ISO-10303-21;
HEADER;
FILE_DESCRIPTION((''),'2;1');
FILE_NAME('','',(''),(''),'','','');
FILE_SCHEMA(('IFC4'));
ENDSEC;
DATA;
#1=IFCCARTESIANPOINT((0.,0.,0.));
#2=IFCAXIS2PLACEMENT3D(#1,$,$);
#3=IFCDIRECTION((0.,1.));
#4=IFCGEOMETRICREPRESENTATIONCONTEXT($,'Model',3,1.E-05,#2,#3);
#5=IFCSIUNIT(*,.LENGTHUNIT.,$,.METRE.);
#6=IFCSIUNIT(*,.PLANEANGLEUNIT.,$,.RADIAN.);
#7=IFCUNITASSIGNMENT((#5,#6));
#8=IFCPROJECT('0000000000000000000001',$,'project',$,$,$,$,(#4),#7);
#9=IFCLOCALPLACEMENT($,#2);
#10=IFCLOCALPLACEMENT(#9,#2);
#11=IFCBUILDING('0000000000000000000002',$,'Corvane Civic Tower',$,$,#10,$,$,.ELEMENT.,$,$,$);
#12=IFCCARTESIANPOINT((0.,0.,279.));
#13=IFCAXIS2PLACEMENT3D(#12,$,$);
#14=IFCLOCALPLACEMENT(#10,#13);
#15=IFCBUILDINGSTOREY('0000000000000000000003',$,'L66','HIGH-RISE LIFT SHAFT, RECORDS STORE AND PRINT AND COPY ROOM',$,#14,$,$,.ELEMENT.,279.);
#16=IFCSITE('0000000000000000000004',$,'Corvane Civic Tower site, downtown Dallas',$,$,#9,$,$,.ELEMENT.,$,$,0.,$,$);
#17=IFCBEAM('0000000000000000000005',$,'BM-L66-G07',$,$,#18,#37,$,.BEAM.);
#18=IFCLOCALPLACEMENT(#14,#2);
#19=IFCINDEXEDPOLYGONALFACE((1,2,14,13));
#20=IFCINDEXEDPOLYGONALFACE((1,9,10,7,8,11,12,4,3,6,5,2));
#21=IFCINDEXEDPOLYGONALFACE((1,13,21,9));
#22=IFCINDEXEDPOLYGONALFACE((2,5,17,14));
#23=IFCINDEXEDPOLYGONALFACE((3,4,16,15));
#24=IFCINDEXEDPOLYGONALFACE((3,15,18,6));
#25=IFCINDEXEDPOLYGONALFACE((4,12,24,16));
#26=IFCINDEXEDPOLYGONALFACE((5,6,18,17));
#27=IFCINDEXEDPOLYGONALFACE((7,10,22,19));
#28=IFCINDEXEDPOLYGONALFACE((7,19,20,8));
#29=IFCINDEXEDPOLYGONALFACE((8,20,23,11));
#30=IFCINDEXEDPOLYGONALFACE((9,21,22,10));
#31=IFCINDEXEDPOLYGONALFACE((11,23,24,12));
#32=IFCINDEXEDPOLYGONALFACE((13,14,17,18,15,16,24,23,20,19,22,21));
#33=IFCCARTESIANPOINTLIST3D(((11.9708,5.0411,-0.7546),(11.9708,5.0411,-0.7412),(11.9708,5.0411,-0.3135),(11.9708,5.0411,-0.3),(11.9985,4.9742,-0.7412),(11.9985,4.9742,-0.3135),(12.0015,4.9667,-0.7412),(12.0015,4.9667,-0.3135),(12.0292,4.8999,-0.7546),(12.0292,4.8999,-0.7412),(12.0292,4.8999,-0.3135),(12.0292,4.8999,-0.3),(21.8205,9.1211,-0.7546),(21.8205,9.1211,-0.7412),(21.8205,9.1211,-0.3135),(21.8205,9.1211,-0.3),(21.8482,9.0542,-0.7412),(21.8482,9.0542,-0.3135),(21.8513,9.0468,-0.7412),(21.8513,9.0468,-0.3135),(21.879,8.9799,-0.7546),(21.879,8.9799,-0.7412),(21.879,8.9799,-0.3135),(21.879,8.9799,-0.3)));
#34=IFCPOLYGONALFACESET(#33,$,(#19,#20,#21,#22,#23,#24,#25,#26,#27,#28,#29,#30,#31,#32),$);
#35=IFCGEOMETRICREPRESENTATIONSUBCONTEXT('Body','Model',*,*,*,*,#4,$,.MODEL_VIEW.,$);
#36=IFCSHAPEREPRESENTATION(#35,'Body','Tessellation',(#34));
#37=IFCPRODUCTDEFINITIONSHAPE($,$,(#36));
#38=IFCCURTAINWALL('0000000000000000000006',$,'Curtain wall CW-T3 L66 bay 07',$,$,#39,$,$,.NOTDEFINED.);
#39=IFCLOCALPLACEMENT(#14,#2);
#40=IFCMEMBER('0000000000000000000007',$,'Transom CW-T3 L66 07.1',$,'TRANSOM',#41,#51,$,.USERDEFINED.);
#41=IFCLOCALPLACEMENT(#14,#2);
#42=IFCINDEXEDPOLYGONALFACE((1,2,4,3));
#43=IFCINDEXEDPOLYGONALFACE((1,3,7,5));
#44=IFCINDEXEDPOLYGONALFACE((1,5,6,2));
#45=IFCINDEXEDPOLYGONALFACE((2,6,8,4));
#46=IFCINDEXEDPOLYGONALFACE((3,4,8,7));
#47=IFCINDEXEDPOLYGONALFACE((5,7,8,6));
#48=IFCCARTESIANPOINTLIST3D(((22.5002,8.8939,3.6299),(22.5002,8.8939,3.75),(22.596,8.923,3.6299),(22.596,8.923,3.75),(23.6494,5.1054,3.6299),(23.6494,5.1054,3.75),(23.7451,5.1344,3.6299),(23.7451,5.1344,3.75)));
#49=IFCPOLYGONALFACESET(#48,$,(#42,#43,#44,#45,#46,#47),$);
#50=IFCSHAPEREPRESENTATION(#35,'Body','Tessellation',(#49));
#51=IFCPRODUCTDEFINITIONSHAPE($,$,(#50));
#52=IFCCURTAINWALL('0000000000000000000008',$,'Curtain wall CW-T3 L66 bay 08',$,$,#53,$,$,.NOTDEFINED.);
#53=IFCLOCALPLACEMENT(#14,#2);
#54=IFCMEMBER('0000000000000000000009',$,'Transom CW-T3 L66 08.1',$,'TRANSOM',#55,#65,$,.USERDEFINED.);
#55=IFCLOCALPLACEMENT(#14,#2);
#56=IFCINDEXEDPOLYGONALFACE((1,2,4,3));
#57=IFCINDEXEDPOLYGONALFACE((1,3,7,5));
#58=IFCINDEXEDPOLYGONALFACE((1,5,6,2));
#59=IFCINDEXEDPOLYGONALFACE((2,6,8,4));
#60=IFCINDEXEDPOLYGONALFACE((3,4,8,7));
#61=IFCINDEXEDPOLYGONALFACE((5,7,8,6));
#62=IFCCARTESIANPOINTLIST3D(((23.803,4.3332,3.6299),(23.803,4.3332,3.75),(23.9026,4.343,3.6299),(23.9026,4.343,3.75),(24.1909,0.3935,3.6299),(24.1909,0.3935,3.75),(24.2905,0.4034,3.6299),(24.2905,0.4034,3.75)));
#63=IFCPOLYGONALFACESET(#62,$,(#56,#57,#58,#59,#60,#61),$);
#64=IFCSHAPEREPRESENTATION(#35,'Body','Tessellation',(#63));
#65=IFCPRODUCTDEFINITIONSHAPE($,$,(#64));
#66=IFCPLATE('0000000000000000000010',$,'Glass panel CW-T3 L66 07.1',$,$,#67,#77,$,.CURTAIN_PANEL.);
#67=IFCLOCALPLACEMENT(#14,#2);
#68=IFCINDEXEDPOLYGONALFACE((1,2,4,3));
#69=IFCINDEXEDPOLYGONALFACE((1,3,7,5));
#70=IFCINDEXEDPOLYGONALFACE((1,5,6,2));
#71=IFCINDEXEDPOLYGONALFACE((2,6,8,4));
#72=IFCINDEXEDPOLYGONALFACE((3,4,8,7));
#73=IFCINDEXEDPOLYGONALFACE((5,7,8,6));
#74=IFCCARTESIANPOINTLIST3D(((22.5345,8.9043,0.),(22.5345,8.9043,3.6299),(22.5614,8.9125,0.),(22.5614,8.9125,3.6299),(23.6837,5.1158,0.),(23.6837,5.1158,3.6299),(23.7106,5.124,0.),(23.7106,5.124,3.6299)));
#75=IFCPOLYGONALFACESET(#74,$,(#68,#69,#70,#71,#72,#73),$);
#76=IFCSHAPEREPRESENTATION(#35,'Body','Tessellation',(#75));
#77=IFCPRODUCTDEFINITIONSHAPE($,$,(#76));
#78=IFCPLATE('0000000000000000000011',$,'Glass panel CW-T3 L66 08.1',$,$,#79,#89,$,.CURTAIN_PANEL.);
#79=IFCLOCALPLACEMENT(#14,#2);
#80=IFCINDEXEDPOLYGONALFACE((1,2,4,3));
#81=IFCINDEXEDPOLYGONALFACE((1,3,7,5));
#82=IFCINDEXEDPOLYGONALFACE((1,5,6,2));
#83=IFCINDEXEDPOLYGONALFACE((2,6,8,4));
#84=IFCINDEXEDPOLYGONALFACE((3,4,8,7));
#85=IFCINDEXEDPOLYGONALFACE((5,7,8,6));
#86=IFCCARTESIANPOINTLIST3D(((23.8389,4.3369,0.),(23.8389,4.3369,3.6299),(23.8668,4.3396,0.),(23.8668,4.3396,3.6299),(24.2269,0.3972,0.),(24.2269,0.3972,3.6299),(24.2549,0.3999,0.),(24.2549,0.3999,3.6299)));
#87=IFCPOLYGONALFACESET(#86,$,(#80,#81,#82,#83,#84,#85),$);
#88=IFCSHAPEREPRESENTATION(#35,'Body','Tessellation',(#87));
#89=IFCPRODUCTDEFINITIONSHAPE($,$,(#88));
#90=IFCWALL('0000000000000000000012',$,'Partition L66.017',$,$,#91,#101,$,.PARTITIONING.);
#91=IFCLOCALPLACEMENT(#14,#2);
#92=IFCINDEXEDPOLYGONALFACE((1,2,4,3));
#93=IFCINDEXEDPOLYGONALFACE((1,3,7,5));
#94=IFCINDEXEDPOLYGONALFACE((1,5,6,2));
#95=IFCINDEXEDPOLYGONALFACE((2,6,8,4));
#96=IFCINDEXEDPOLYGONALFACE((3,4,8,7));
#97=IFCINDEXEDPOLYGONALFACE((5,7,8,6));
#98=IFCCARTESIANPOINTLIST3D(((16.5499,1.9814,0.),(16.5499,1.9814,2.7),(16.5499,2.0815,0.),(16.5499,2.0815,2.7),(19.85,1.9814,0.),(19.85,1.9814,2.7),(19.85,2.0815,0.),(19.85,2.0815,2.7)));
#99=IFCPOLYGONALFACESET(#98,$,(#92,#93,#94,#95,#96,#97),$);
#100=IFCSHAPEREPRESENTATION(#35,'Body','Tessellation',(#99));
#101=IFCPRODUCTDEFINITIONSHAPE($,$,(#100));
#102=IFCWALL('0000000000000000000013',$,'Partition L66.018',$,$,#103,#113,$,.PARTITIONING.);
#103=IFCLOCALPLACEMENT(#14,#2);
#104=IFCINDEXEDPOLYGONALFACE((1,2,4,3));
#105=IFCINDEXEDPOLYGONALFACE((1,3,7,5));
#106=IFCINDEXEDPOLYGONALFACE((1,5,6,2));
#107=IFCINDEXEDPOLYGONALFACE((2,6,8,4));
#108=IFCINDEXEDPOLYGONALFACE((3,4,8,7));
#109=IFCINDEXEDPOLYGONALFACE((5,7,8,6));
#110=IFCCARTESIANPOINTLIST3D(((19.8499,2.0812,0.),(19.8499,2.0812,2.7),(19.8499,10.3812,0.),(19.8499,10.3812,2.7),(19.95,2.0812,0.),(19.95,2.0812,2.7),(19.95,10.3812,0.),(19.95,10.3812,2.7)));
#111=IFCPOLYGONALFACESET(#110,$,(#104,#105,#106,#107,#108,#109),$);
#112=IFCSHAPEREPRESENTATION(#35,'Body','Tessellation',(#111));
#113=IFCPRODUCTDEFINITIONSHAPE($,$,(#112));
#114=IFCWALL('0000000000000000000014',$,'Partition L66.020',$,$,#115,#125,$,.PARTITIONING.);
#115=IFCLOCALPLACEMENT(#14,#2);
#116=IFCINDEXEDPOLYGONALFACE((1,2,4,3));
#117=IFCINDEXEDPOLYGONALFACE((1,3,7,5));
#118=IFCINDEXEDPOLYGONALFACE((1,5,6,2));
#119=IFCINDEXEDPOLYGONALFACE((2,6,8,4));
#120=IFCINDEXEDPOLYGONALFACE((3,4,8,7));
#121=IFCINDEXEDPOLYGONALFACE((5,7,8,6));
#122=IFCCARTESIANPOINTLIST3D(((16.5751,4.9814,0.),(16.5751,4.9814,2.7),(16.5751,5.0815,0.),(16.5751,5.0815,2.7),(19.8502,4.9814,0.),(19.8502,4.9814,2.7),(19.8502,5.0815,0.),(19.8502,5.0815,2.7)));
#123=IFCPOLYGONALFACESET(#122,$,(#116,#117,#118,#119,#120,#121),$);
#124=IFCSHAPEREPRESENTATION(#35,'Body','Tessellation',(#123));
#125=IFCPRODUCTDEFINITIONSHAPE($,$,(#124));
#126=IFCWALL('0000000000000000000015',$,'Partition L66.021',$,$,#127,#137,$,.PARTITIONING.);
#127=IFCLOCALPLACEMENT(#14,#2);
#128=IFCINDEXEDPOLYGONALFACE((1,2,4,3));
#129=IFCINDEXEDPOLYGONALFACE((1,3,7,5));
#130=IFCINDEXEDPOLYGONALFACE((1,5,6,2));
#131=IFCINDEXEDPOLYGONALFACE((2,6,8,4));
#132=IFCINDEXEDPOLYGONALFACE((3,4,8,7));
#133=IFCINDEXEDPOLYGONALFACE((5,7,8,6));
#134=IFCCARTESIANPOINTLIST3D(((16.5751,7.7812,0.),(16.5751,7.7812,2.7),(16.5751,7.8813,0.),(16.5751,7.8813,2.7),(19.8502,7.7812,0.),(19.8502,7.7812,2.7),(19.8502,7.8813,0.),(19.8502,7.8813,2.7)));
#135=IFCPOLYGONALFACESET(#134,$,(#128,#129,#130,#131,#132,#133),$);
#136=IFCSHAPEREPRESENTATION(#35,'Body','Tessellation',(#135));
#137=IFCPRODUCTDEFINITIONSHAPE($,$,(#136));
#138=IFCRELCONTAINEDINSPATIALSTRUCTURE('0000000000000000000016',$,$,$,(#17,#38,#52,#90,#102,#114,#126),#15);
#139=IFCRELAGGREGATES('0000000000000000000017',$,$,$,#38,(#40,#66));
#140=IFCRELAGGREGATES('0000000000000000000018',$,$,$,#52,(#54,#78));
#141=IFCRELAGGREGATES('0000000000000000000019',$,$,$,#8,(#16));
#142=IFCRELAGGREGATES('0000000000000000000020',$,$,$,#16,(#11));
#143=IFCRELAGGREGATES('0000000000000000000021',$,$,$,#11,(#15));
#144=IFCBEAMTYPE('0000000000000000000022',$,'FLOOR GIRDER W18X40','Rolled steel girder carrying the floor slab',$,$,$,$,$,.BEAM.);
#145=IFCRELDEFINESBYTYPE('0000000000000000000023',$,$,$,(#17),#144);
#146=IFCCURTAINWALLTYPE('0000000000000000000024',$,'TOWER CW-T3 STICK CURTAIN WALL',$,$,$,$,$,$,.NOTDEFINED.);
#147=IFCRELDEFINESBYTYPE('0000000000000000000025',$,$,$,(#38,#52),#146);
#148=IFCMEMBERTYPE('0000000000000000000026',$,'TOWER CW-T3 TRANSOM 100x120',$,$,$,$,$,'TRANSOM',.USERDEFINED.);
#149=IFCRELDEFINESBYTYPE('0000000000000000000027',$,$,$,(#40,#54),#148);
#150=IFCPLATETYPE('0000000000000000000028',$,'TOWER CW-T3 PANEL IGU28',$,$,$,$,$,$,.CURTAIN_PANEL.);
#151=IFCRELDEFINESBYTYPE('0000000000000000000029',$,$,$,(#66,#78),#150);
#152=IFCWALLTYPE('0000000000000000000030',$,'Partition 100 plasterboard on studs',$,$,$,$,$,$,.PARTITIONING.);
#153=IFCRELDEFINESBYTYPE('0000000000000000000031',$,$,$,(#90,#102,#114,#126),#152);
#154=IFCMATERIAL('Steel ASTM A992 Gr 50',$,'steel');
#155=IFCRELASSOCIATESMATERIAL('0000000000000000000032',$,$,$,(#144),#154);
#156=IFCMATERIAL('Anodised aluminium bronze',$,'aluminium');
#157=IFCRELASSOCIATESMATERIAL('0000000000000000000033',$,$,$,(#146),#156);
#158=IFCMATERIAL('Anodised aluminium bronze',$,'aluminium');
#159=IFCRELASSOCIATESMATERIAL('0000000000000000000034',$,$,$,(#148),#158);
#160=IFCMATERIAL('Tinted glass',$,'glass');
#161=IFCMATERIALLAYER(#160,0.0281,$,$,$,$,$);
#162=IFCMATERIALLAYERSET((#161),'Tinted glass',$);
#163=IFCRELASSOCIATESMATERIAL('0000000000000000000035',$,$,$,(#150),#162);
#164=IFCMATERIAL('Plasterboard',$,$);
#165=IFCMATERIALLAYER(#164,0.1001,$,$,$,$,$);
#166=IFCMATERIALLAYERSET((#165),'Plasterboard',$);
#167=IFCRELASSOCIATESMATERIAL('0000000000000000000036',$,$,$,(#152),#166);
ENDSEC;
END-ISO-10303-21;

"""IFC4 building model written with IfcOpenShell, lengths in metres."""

from ifc_helpers import new_model, si_unit, direction, frame, frame_2d, origin, origin_2d, place, context, subcontext, project, spatial, rectangle, i_section, extrude, material, layer, layer_set, material_profile, profile_set, type_object, element, aggregate, save


model = new_model("IFC4")

# Units and contexts
model_context = context("Model", 3, precision=1e-05, world=origin(), true_north=direction((0.0, 1.0)))
body_context = subcontext(model_context, "Body", "Model", "MODEL_VIEW")
ifc_project = project(units=[si_unit("LENGTHUNIT", "METRE"), si_unit("PLANEANGLEUNIT", "RADIAN")], contexts=[model_context])

# Site, building, storey
site_placement = place(None, origin())
site = spatial("IfcSite", under=ifc_project, at=site_placement, Name="Corvane Civic Tower site, downtown Dallas", CompositionType="ELEMENT", RefElevation=0.0)
building_placement = place(site_placement, origin())
building = spatial("IfcBuilding", under=site, at=building_placement, Name="Corvane Civic Tower", CompositionType="ELEMENT")
storey_placement = place(building_placement, frame((0.0, 0.0, 279.0)))
storey = spatial("IfcBuildingStorey", under=building, at=storey_placement, Name="L66", Description="HIGH-RISE LIFT SHAFT, RECORDS STORE AND PRINT AND COPY ROOM", CompositionType="ELEMENT", Elevation=279.0)

# Beam
ifc_material_1 = material(Name="Steel ASTM A992 Gr 50", Category="steel")
ifc_material_profile_1 = material_profile(ifc_material_1, i_section(OverallWidth=0.1528, OverallDepth=0.4546, WebThickness=0.0081, FlangeThickness=0.0134, at=origin_2d()), Name="W18X40")
ifc_profile_set_1 = profile_set([ifc_material_profile_1], Name="Steel ASTM A992 Gr 50")
beam_type_1 = type_object("IfcBeamType", Name="FLOOR GIRDER W18X40", Description="Rolled steel girder carrying the floor slab", PredefinedType="BEAM", material=ifc_profile_set_1)
beam_1_placement = place(storey_placement, frame((12.0, 4.9705, -0.5273), z_axis=(0.923875, 0.382694, 0.0), x_axis=(-0.382694, 0.923875, 0.0)))
element("IfcBeam", 1, at=beam_1_placement, inside=storey, type_object=beam_type_1, Name="BM-L66-G07", PredefinedType="BEAM", context=body_context, shape_type="SweptSolid", body=[
    extrude(i_section(OverallWidth=0.1528, OverallDepth=0.4546, WebThickness=0.0081, FlangeThickness=0.0134, at=origin_2d()), origin(), (0.0, 0.0, 1.0), 10.6614),
])

# Curtain walls, members
ifc_material_2 = material(Name="Anodised aluminium bronze", Category="aluminium")
curtain_wall_type = type_object("IfcCurtainWallType", Name="TOWER CW-T3 STICK CURTAIN WALL", PredefinedType="NOTDEFINED", material=ifc_material_2)
curtain_wall_1_placement = place(storey_placement, origin())
curtain_wall_1 = element("IfcCurtainWall", 2, at=curtain_wall_1_placement, inside=storey, type_object=curtain_wall_type, Name="Curtain wall CW-T3 L66 bay 07", PredefinedType="NOTDEFINED")
ifc_material_3 = material(Name="Anodised aluminium bronze", Category="aluminium")
ifc_material_profile_2 = material_profile(ifc_material_3, rectangle(XDim=0.1001, YDim=0.1201, at=origin_2d()), Name="TOWER CW-T3 TRANSOM 100x120")
ifc_profile_set_2 = profile_set([ifc_material_profile_2], Name="Anodised aluminium bronze")
member_type = type_object("IfcMemberType", Name="TOWER CW-T3 TRANSOM 100x120", ElementType="TRANSOM", PredefinedType="USERDEFINED", material=ifc_profile_set_2)
member_1_placement = place(storey_placement, frame((22.5481, 8.9084, 3.6899), z_axis=(0.290266, -0.956946, 0.0), x_axis=(0.956946, 0.290266, 0.0)))
member_1 = element("IfcMember", 3, at=member_1_placement, type_object=member_type, Name="Transom CW-T3 L66 07.1", ObjectType="TRANSOM", PredefinedType="USERDEFINED", context=body_context, shape_type="SweptSolid", body=[
    extrude(rectangle(XDim=0.1001, YDim=0.1201, at=origin_2d()), origin(), (0.0, 0.0, 1.0), 3.959),
])
curtain_wall_2_placement = place(storey_placement, origin())
curtain_wall_2 = element("IfcCurtainWall", 4, at=curtain_wall_2_placement, inside=storey, type_object=curtain_wall_type, Name="Curtain wall CW-T3 L66 bay 08", PredefinedType="NOTDEFINED")
member_2_placement = place(storey_placement, frame((23.8528, 4.3381, 3.6899), z_axis=(0.097995, -0.995187, 0.0), x_axis=(0.995187, 0.097995, 0.0)))
member_2 = element("IfcMember", 5, at=member_2_placement, type_object=member_type, Name="Transom CW-T3 L66 08.1", ObjectType="TRANSOM", PredefinedType="USERDEFINED", context=body_context, shape_type="SweptSolid", body=[
    extrude(rectangle(XDim=0.1001, YDim=0.1201, at=origin_2d()), origin(), (0.0, 0.0, 1.0), 3.9587),
])

# Plates
ifc_material_4 = material(Name="Tinted glass", Category="glass")
ifc_layer_1 = layer(ifc_material_4, 0.0281)
ifc_layer_set_1 = layer_set([ifc_layer_1], Name="Tinted glass")
plate_type = type_object("IfcPlateType", Name="TOWER CW-T3 PANEL IGU28", PredefinedType="CURTAIN_PANEL", material=ifc_layer_set_1)
plate_1_placement = place(storey_placement, frame((23.1226, 7.0142, 0.0), z_axis=(0.0, 0.0, 1.0), x_axis=(0.290274, -0.956944, 0.0)))
plate_1 = element("IfcPlate", 6, at=plate_1_placement, type_object=plate_type, Name="Glass panel CW-T3 L66 07.1", PredefinedType="CURTAIN_PANEL", context=body_context, shape_type="SweptSolid", body=[
    extrude(rectangle(XDim=3.959, YDim=0.0281, at=origin_2d()), origin(), (0.0, 0.0, 1.0), 3.6299),
])
aggregate(curtain_wall_1, [member_1, plate_1])
plate_2_placement = place(storey_placement, frame((24.0469, 2.3684, 0.0), z_axis=(0.0, 0.0, 1.0), x_axis=(0.098021, -0.995184, 0.0)))
plate_2 = element("IfcPlate", 7, at=plate_2_placement, type_object=plate_type, Name="Glass panel CW-T3 L66 08.1", PredefinedType="CURTAIN_PANEL", context=body_context, shape_type="SweptSolid", body=[
    extrude(rectangle(XDim=3.9587, YDim=0.0281, at=origin_2d()), origin(), (0.0, 0.0, 1.0), 3.6299),
])
aggregate(curtain_wall_2, [member_2, plate_2])

# Walls
ifc_material_5 = material(Name="Plasterboard")
ifc_layer_2 = layer(ifc_material_5, 0.1001)
ifc_layer_set_2 = layer_set([ifc_layer_2], Name="Plasterboard")
wall_type_1 = type_object("IfcWallType", Name="Partition 100 plasterboard on studs", PredefinedType="PARTITIONING", material=ifc_layer_set_2)
wall_1_placement = place(storey_placement, frame((16.55, 2.0315, 0.0), z_axis=(0.0, 0.0, 1.0), x_axis=(1.0, 0.0, 0.0)))
element("IfcWall", 8, at=wall_1_placement, inside=storey, type_object=wall_type_1, Name="Partition L66.017", PredefinedType="PARTITIONING", context=body_context, shape_type="SweptSolid", body=[
    extrude(rectangle(XDim=3.3, YDim=0.1001, at=frame_2d((1.6499, 0.0))), origin(), (0.0, 0.0, 1.0), 2.7),
])
wall_2_placement = place(storey_placement, frame((19.8999, 2.0813, 0.0), z_axis=(0.0, 0.0, 1.0), x_axis=(0.0, 1.0, 0.0)))
element("IfcWall", 9, at=wall_2_placement, inside=storey, type_object=wall_type_1, Name="Partition L66.018", PredefinedType="PARTITIONING", context=body_context, shape_type="SweptSolid", body=[
    extrude(rectangle(XDim=8.3, YDim=0.1001, at=frame_2d((4.1499, 0.0))), origin(), (0.0, 0.0, 1.0), 2.7),
])
for number, where, z_axis, x_axis, name in (
    (10, (16.575, 5.0315, 0.0), (0.0, 0.0, 1.0), (1.0, 0.0, 0.0), "Partition L66.020"),
    (11, (16.575, 7.8313, 0.0), (0.0, 0.0, 1.0), (1.0, 0.0, 0.0), "Partition L66.021"),
):
    element("IfcWall", number, at=place(storey_placement, frame(where, z_axis=z_axis, x_axis=x_axis)), inside=storey, type_object=wall_type_1, Name=name, PredefinedType="PARTITIONING", context=body_context, shape_type="SweptSolid", body=[
        extrude(rectangle(XDim=3.2751, YDim=0.1001, at=frame_2d((1.6377, 0.0))), origin(), (0.0, 0.0, 1.0), 2.7),
    ])

save(model, "model.ifc")
